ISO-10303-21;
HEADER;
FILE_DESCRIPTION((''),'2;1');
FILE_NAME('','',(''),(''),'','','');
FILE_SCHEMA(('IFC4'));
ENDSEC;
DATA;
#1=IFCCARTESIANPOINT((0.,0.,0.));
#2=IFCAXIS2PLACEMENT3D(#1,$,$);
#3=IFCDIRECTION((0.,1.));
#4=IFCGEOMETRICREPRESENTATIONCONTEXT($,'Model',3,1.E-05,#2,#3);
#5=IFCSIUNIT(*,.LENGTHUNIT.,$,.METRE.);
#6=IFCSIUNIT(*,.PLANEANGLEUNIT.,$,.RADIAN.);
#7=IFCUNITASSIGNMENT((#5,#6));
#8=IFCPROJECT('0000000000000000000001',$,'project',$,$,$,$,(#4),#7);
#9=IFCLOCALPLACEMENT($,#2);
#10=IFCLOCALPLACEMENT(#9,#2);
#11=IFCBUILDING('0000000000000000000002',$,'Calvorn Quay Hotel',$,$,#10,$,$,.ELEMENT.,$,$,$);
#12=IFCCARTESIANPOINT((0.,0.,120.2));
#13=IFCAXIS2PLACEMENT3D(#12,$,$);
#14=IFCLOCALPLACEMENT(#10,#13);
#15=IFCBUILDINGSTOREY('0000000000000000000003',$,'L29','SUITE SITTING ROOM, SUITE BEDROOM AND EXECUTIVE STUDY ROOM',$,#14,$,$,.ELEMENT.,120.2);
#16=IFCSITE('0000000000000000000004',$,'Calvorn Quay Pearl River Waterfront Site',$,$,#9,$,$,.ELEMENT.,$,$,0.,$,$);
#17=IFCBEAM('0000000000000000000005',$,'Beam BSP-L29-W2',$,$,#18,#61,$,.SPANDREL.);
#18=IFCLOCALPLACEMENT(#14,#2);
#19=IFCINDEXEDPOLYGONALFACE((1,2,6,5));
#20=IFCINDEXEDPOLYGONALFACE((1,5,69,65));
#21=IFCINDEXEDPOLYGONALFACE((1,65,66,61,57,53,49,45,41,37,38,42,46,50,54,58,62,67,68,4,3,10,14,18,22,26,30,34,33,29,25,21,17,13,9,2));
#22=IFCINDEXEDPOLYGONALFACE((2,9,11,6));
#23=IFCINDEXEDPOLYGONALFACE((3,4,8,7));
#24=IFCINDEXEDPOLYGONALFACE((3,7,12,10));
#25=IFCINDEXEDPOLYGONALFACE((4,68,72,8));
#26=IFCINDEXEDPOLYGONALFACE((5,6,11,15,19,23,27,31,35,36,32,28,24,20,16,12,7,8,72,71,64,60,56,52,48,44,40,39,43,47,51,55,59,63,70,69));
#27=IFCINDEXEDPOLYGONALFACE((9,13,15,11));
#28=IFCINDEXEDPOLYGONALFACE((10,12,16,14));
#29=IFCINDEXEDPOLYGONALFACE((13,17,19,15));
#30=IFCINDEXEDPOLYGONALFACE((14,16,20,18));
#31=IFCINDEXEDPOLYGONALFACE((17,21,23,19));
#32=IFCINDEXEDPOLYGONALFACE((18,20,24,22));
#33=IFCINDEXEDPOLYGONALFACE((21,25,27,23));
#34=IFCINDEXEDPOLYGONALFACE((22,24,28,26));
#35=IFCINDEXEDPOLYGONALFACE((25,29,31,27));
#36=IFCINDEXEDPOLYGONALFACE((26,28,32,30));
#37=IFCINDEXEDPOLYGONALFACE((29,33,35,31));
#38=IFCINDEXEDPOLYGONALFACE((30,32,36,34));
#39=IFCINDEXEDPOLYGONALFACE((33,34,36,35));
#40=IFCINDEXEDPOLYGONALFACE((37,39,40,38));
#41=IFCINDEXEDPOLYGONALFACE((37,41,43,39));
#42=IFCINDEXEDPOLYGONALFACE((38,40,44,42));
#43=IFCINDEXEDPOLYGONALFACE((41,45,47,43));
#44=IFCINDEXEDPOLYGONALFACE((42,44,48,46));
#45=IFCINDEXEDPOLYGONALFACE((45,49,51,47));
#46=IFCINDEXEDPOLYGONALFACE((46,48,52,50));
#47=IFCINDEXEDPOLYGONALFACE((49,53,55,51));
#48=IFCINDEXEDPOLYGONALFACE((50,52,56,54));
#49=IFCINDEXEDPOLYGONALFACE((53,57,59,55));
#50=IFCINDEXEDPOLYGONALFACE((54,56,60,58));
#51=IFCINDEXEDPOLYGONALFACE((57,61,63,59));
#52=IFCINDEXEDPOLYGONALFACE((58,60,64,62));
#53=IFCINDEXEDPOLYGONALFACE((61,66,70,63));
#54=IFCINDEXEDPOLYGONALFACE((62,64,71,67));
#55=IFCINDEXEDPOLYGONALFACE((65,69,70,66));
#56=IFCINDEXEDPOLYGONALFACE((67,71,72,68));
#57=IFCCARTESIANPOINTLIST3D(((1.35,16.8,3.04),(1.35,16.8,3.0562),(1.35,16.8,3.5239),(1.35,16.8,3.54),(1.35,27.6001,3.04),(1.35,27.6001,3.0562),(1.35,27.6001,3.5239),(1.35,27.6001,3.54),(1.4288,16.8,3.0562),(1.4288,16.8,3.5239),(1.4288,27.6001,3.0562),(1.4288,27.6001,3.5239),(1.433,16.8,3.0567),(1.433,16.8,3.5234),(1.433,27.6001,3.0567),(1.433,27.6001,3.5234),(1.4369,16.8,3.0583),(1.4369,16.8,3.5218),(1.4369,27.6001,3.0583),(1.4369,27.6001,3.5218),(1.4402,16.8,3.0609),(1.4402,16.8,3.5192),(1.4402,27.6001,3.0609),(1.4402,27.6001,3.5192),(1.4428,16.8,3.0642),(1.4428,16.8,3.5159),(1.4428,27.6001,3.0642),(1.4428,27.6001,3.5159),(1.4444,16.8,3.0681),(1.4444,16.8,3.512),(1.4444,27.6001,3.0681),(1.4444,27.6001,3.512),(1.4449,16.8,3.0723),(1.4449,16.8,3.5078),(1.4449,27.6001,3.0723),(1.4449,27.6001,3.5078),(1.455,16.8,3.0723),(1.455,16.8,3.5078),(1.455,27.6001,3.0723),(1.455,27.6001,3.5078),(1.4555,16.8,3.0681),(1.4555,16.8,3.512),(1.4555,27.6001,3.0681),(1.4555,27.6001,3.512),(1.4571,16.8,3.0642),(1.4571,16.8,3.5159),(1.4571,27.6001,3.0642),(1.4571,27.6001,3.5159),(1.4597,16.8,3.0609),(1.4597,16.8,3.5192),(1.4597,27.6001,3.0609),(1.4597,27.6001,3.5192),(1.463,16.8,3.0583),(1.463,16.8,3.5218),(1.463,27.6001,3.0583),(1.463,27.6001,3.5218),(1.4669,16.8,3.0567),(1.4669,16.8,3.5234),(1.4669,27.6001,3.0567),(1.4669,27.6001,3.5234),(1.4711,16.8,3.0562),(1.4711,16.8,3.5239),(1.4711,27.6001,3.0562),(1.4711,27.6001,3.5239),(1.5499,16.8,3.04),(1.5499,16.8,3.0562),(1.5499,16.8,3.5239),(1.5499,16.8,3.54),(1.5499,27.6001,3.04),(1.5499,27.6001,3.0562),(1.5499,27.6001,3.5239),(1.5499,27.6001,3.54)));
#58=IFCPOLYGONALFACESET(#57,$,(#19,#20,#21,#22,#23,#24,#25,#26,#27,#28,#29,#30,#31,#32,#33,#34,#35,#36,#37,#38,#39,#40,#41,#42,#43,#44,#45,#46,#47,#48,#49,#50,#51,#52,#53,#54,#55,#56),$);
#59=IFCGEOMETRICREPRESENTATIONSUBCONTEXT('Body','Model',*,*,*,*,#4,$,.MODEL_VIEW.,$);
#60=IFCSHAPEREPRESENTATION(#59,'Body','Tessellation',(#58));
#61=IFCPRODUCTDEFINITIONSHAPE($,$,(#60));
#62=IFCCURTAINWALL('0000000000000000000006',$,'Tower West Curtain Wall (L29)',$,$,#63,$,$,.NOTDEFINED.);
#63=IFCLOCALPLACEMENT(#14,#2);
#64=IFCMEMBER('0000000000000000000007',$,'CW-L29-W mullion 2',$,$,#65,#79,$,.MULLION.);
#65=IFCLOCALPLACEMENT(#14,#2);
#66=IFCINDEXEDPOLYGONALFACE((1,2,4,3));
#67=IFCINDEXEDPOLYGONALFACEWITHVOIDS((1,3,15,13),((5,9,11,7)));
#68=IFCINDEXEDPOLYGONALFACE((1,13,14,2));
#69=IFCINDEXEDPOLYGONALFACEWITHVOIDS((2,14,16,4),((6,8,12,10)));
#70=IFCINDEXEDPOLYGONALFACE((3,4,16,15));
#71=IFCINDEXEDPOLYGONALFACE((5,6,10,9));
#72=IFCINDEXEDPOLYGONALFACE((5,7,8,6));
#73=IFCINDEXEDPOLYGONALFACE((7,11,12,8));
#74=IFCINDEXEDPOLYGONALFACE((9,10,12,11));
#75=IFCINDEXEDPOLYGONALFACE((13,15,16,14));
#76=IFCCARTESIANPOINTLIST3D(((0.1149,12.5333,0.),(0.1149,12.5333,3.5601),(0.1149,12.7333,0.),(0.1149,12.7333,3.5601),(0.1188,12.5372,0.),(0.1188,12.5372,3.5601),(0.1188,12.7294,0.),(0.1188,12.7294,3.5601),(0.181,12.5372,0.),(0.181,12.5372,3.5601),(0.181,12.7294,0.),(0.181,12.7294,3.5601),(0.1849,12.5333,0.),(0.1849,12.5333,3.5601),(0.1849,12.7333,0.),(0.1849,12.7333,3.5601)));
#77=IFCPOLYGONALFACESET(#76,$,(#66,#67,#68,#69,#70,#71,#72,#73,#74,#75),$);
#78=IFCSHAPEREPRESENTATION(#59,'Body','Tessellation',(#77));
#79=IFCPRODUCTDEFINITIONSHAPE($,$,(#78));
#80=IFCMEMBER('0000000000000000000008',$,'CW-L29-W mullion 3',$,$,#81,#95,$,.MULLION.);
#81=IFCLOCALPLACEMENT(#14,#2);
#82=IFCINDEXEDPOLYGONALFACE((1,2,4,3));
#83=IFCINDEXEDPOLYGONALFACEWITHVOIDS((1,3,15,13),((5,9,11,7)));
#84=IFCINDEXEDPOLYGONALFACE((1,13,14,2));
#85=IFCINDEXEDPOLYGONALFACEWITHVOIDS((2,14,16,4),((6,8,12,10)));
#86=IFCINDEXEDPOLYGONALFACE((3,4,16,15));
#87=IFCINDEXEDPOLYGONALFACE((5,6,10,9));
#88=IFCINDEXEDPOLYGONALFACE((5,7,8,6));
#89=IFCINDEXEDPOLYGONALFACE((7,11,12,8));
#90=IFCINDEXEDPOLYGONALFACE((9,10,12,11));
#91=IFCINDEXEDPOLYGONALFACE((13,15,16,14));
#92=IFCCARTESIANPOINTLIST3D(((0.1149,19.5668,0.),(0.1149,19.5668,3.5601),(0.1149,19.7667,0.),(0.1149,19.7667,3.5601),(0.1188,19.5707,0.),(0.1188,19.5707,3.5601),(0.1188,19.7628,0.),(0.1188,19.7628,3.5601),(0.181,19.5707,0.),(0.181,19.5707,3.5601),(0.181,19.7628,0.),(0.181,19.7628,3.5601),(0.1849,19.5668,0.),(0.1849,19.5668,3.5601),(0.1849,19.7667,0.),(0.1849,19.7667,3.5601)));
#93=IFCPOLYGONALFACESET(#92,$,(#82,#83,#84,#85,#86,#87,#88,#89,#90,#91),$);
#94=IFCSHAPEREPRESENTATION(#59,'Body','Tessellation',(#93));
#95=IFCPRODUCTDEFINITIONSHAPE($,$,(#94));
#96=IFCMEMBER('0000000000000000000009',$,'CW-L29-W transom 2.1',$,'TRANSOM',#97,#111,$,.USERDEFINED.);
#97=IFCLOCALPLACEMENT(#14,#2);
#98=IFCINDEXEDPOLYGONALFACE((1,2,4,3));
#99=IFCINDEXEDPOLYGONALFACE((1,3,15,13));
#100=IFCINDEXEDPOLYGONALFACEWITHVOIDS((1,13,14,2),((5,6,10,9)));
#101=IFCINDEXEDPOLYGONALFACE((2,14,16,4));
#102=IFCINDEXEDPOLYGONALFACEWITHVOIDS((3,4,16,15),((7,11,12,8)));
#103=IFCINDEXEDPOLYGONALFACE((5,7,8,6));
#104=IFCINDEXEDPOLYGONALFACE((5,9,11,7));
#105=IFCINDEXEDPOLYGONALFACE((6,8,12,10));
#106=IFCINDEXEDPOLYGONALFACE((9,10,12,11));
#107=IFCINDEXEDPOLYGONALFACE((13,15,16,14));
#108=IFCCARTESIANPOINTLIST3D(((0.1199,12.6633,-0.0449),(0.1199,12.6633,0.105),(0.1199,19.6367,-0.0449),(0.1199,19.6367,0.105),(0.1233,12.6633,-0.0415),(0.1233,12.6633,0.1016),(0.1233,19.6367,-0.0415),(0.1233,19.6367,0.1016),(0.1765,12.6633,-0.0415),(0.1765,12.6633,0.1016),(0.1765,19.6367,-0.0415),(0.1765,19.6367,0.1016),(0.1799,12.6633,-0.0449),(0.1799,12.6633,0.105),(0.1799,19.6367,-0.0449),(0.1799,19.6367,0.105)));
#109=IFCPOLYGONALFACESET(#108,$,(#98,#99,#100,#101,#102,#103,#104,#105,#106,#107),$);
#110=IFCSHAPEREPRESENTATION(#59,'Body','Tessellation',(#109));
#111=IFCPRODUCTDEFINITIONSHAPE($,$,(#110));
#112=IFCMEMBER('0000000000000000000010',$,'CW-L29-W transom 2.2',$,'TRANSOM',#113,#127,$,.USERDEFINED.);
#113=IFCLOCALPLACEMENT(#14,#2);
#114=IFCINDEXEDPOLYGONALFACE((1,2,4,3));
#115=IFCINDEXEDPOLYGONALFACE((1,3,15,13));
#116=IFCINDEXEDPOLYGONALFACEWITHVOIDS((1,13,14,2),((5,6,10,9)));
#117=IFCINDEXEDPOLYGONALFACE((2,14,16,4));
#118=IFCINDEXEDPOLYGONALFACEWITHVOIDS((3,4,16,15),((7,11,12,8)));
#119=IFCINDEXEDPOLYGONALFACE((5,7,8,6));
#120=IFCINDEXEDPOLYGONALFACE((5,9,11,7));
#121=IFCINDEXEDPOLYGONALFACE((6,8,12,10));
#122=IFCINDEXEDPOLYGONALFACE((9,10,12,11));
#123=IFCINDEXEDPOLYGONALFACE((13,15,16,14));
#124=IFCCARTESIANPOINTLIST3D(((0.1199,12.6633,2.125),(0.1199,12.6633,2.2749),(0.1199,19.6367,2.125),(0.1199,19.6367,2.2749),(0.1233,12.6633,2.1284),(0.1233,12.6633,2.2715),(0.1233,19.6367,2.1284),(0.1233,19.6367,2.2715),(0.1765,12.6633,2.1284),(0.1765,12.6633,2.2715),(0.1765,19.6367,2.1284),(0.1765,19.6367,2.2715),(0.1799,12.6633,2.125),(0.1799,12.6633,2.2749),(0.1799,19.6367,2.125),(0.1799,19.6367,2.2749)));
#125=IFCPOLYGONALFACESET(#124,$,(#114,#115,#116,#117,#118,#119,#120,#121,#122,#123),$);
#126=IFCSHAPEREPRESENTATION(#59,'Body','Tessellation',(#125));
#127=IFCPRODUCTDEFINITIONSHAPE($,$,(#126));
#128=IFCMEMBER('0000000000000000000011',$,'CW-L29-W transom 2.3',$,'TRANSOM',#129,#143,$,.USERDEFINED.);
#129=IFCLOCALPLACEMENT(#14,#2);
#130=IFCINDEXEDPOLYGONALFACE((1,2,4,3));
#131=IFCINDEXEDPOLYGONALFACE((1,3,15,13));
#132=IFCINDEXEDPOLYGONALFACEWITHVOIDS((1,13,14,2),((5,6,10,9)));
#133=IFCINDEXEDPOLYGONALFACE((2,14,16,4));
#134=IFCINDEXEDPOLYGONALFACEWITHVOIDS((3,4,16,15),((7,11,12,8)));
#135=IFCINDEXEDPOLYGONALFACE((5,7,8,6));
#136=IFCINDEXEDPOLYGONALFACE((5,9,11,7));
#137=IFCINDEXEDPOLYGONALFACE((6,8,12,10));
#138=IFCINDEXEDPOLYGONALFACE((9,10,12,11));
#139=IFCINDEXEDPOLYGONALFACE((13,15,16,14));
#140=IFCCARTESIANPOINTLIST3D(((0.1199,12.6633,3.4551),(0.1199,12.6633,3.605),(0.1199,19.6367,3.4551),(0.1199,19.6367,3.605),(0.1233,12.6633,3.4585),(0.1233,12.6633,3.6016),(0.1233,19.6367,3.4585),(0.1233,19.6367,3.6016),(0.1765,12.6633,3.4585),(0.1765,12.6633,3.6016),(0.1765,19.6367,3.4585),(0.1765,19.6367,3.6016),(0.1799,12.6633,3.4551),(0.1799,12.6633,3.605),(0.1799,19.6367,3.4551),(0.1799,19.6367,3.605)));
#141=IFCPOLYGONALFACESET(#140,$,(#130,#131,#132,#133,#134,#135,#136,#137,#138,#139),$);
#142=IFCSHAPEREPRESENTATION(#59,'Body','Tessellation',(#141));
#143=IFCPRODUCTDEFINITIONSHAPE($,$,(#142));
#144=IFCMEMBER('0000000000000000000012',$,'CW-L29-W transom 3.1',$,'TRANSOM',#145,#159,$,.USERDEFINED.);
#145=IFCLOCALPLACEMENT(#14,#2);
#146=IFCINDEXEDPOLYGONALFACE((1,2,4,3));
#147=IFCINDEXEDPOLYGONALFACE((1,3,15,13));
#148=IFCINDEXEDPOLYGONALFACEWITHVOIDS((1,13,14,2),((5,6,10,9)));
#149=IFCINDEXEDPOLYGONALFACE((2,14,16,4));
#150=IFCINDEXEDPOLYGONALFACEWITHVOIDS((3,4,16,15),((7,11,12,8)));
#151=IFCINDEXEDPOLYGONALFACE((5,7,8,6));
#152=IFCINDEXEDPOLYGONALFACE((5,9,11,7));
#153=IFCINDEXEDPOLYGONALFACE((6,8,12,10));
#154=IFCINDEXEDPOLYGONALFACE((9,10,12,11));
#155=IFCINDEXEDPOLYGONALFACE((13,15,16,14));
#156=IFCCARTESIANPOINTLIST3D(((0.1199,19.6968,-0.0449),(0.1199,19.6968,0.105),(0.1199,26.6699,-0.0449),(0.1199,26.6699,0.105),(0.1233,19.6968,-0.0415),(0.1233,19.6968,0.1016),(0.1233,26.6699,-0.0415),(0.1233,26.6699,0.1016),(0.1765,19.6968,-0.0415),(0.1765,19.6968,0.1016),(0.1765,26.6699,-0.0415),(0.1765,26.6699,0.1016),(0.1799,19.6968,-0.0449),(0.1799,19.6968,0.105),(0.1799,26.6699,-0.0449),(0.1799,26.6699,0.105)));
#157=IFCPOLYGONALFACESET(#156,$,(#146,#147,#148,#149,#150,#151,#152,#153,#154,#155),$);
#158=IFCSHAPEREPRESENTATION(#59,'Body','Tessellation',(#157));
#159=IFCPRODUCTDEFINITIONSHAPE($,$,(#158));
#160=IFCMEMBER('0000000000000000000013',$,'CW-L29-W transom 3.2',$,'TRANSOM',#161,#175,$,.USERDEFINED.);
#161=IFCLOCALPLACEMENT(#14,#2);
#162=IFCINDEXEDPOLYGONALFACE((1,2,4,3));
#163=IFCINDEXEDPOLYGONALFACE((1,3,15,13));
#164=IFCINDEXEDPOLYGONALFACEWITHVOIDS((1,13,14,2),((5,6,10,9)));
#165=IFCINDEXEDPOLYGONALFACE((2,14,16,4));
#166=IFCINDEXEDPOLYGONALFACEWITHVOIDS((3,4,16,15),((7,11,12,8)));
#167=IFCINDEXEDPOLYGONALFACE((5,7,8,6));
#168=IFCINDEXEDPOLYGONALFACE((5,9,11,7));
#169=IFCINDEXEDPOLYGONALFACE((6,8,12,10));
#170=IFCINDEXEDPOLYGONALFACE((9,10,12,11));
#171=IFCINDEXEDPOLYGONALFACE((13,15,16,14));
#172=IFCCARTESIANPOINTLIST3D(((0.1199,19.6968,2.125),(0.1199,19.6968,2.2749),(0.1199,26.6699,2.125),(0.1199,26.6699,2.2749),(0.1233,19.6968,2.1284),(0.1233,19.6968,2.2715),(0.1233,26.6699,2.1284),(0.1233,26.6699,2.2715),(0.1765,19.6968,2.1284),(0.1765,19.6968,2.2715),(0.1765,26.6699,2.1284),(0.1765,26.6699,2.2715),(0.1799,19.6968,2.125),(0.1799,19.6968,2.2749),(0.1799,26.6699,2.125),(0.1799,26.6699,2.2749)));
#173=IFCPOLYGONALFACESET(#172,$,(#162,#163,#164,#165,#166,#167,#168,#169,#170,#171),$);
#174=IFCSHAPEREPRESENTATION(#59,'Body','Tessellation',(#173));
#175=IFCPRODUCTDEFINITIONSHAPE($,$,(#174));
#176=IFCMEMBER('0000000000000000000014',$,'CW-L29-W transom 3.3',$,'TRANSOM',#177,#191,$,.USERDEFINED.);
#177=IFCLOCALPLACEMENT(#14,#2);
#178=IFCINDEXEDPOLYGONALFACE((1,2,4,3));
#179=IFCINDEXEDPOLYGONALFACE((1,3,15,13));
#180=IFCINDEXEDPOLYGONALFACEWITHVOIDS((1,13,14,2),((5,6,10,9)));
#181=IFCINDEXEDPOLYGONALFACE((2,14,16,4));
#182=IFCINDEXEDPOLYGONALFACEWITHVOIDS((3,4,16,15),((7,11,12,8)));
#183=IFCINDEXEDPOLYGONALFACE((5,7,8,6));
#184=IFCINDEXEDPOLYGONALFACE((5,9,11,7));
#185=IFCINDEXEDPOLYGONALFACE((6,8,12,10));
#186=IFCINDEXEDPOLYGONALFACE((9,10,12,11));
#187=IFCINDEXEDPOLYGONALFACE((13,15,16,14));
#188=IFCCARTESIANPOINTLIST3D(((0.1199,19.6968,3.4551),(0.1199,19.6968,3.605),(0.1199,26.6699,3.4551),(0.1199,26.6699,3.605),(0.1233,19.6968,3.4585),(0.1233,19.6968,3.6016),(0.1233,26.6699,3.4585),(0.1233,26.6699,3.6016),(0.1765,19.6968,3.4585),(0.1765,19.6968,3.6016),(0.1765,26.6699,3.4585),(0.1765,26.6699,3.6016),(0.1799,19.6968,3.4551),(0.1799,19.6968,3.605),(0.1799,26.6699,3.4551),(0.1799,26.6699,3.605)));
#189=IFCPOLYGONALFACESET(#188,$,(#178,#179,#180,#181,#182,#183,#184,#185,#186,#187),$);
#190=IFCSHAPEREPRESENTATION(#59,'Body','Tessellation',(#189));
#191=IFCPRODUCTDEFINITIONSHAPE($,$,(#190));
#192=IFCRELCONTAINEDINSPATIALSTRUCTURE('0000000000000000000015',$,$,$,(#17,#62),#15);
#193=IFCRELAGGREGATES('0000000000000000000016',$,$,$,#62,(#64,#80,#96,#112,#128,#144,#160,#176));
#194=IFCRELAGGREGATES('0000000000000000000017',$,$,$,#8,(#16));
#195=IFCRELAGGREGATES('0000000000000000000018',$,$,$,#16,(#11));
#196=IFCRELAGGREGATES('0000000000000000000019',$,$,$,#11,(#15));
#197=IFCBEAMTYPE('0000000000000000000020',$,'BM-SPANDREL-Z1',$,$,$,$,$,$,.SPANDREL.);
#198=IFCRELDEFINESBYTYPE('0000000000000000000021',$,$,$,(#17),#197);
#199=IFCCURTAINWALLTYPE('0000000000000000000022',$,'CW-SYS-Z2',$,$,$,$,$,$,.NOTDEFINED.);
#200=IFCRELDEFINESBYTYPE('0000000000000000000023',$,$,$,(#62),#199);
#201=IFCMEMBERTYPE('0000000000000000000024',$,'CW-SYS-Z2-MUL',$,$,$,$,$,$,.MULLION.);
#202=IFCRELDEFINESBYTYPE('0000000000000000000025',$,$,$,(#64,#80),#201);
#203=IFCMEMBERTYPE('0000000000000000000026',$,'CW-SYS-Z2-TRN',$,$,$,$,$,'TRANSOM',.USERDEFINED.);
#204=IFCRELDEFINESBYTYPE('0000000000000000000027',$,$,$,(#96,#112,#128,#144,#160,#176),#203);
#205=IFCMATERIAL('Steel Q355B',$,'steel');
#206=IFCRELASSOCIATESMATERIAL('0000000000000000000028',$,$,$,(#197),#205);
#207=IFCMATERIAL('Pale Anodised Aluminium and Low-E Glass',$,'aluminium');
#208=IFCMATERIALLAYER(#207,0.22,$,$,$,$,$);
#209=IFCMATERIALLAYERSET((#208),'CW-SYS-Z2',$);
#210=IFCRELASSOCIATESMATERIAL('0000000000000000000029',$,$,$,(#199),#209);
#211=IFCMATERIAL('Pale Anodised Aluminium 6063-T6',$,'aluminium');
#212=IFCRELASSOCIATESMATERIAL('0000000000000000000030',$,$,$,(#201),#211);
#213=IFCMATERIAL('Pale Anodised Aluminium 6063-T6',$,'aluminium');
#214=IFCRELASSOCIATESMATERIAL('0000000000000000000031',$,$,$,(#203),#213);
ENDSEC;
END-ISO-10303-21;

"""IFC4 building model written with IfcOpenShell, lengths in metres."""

from ifc_helpers import new_model, si_unit, direction, frame, origin, origin_2d, place, context, subcontext, project, spatial, hollow_rectangle, i_section, extrude, material, layer, layer_set, material_profile, profile_set, type_object, element, aggregate, save


model = new_model("IFC4")

# Units and contexts
model_context = context("Model", 3, precision=1e-05, world=origin(), true_north=direction((0.0, 1.0)))
body_context = subcontext(model_context, "Body", "Model", "MODEL_VIEW")
ifc_project = project(units=[si_unit("LENGTHUNIT", "METRE"), si_unit("PLANEANGLEUNIT", "RADIAN")], contexts=[model_context])

# Site, building, storey
site_placement = place(None, origin())
site = spatial("IfcSite", under=ifc_project, at=site_placement, Name="Calvorn Quay Pearl River Waterfront Site", CompositionType="ELEMENT", RefElevation=0.0)
building_placement = place(site_placement, origin())
building = spatial("IfcBuilding", under=site, at=building_placement, Name="Calvorn Quay Hotel", CompositionType="ELEMENT")
storey_placement = place(building_placement, frame((0.0, 0.0, 120.2)))
storey = spatial("IfcBuildingStorey", under=building, at=storey_placement, Name="L29", Description="SUITE SITTING ROOM, SUITE BEDROOM AND EXECUTIVE STUDY ROOM", CompositionType="ELEMENT", Elevation=120.2)

# Beam
ifc_material_1 = material(Name="Steel Q355B", Category="steel")
ifc_material_profile_1 = material_profile(ifc_material_1, i_section(OverallWidth=0.2, OverallDepth=0.5, WebThickness=0.01, FlangeThickness=0.0161, FilletRadius=0.0161, at=origin_2d()), Name="HN500x200x10x16")
ifc_profile_set_1 = profile_set([ifc_material_profile_1], Name="Steel Q355B")
beam_type_1 = type_object("IfcBeamType", Name="BM-SPANDREL-Z1", PredefinedType="SPANDREL", material=ifc_profile_set_1)
beam_1_placement = place(storey_placement, frame((1.45, 16.8, 3.29), z_axis=(0.0, 1.0, 0.0), x_axis=(-1.0, 0.0, 0.0)))
element("IfcBeam", 1, at=beam_1_placement, inside=storey, type_object=beam_type_1, Name="Beam BSP-L29-W2", PredefinedType="SPANDREL", context=body_context, shape_type="SweptSolid", body=[
    extrude(i_section(OverallWidth=0.2, OverallDepth=0.5, WebThickness=0.01, FlangeThickness=0.0161, FilletRadius=0.0161, at=origin_2d()), origin(), (0.0, 0.0, 1.0), 10.8),
])

# Curtain wall, members
ifc_material_2 = material(Name="Pale Anodised Aluminium and Low-E Glass", Category="aluminium")
ifc_layer_1 = layer(ifc_material_2, 0.22)
ifc_layer_set_1 = layer_set([ifc_layer_1], Name="CW-SYS-Z2")
curtain_wall_type = type_object("IfcCurtainWallType", Name="CW-SYS-Z2", PredefinedType="NOTDEFINED", material=ifc_layer_set_1)
curtain_wall_placement = place(storey_placement, origin())
curtain_wall = element("IfcCurtainWall", 2, at=curtain_wall_placement, inside=storey, type_object=curtain_wall_type, Name="Tower West Curtain Wall (L29)", PredefinedType="NOTDEFINED")
ifc_material_3 = material(Name="Pale Anodised Aluminium 6063-T6", Category="aluminium")
ifc_material_profile_2 = material_profile(ifc_material_3, hollow_rectangle(XDim=0.0701, YDim=0.2, WallThickness=0.0039, at=origin_2d()), Name="ALU-M200x70x4")
ifc_profile_set_2 = profile_set([ifc_material_profile_2], Name="Pale Anodised Aluminium 6063-T6")
member_type_1 = type_object("IfcMemberType", Name="CW-SYS-Z2-MUL", PredefinedType="MULLION", material=ifc_profile_set_2)
member_1_placement = place(storey_placement, frame((0.1499, 12.6333, 0.0), z_axis=(0.0, 0.0, 1.0), x_axis=(-1.0, 0.0, 0.0)))
member_1 = element("IfcMember", 3, at=member_1_placement, type_object=member_type_1, Name="CW-L29-W mullion 2", PredefinedType="MULLION", context=body_context, shape_type="SweptSolid", body=[
    extrude(hollow_rectangle(XDim=0.0701, YDim=0.2, WallThickness=0.0039, at=origin_2d()), origin(), (0.0, 0.0, 1.0), 3.5601),
])
member_2_placement = place(storey_placement, frame((0.1499, 19.6667, 0.0), z_axis=(0.0, 0.0, 1.0), x_axis=(-1.0, 0.0, 0.0)))
member_2 = element("IfcMember", 4, at=member_2_placement, type_object=member_type_1, Name="CW-L29-W mullion 3", PredefinedType="MULLION", context=body_context, shape_type="SweptSolid", body=[
    extrude(hollow_rectangle(XDim=0.0701, YDim=0.2, WallThickness=0.0039, at=origin_2d()), origin(), (0.0, 0.0, 1.0), 3.5601),
])
ifc_material_4 = material(Name="Pale Anodised Aluminium 6063-T6", Category="aluminium")
ifc_material_profile_3 = material_profile(ifc_material_4, hollow_rectangle(XDim=0.0601, YDim=0.1499, WallThickness=0.0034, at=origin_2d()), Name="ALU-T150x60x3.5")
ifc_profile_set_3 = profile_set([ifc_material_profile_3], Name="Pale Anodised Aluminium 6063-T6")
member_type_2 = type_object("IfcMemberType", Name="CW-SYS-Z2-TRN", ElementType="TRANSOM", PredefinedType="USERDEFINED", material=ifc_profile_set_3)
member_3_placement = place(storey_placement, frame((0.1499, 12.6633, 0.03), z_axis=(0.0, 1.0, 0.0), x_axis=(-1.0, 0.0, 0.0)))
member_3 = element("IfcMember", 5, at=member_3_placement, type_object=member_type_2, Name="CW-L29-W transom 2.1", ObjectType="TRANSOM", PredefinedType="USERDEFINED", context=body_context, shape_type="SweptSolid", body=[
    extrude(hollow_rectangle(XDim=0.0601, YDim=0.1499, WallThickness=0.0034, at=origin_2d()), origin(), (0.0, 0.0, 1.0), 6.9734),
])
member_4_placement = place(storey_placement, frame((0.1499, 12.6633, 2.2), z_axis=(0.0, 1.0, 0.0), x_axis=(-1.0, 0.0, 0.0)))
member_4 = element("IfcMember", 6, at=member_4_placement, type_object=member_type_2, Name="CW-L29-W transom 2.2", ObjectType="TRANSOM", PredefinedType="USERDEFINED", context=body_context, shape_type="SweptSolid", body=[
    extrude(hollow_rectangle(XDim=0.0601, YDim=0.1499, WallThickness=0.0034, at=origin_2d()), origin(), (0.0, 0.0, 1.0), 6.9734),
])
member_5_placement = place(storey_placement, frame((0.1499, 12.6633, 3.53), z_axis=(0.0, 1.0, 0.0), x_axis=(-1.0, 0.0, 0.0)))
member_5 = element("IfcMember", 7, at=member_5_placement, type_object=member_type_2, Name="CW-L29-W transom 2.3", ObjectType="TRANSOM", PredefinedType="USERDEFINED", context=body_context, shape_type="SweptSolid", body=[
    extrude(hollow_rectangle(XDim=0.0601, YDim=0.1499, WallThickness=0.0034, at=origin_2d()), origin(), (0.0, 0.0, 1.0), 6.9734),
])
member_6_placement = place(storey_placement, frame((0.1499, 19.6968, 0.03), z_axis=(0.0, 1.0, 0.0), x_axis=(-1.0, 0.0, 0.0)))
member_6 = element("IfcMember", 8, at=member_6_placement, type_object=member_type_2, Name="CW-L29-W transom 3.1", ObjectType="TRANSOM", PredefinedType="USERDEFINED", context=body_context, shape_type="SweptSolid", body=[
    extrude(hollow_rectangle(XDim=0.0601, YDim=0.1499, WallThickness=0.0034, at=origin_2d()), origin(), (0.0, 0.0, 1.0), 6.9731),
])
member_7_placement = place(storey_placement, frame((0.1499, 19.6968, 2.2), z_axis=(0.0, 1.0, 0.0), x_axis=(-1.0, 0.0, 0.0)))
member_7 = element("IfcMember", 9, at=member_7_placement, type_object=member_type_2, Name="CW-L29-W transom 3.2", ObjectType="TRANSOM", PredefinedType="USERDEFINED", context=body_context, shape_type="SweptSolid", body=[
    extrude(hollow_rectangle(XDim=0.0601, YDim=0.1499, WallThickness=0.0034, at=origin_2d()), origin(), (0.0, 0.0, 1.0), 6.9731),
])
member_8_placement = place(storey_placement, frame((0.1499, 19.6968, 3.53), z_axis=(0.0, 1.0, 0.0), x_axis=(-1.0, 0.0, 0.0)))
member_8 = element("IfcMember", 10, at=member_8_placement, type_object=member_type_2, Name="CW-L29-W transom 3.3", ObjectType="TRANSOM", PredefinedType="USERDEFINED", context=body_context, shape_type="SweptSolid", body=[
    extrude(hollow_rectangle(XDim=0.0601, YDim=0.1499, WallThickness=0.0034, at=origin_2d()), origin(), (0.0, 0.0, 1.0), 6.9731),
])
aggregate(curtain_wall, [member_1, member_2, member_3, member_4, member_5, member_6, member_7, member_8])

save(model, "model.ifc")
